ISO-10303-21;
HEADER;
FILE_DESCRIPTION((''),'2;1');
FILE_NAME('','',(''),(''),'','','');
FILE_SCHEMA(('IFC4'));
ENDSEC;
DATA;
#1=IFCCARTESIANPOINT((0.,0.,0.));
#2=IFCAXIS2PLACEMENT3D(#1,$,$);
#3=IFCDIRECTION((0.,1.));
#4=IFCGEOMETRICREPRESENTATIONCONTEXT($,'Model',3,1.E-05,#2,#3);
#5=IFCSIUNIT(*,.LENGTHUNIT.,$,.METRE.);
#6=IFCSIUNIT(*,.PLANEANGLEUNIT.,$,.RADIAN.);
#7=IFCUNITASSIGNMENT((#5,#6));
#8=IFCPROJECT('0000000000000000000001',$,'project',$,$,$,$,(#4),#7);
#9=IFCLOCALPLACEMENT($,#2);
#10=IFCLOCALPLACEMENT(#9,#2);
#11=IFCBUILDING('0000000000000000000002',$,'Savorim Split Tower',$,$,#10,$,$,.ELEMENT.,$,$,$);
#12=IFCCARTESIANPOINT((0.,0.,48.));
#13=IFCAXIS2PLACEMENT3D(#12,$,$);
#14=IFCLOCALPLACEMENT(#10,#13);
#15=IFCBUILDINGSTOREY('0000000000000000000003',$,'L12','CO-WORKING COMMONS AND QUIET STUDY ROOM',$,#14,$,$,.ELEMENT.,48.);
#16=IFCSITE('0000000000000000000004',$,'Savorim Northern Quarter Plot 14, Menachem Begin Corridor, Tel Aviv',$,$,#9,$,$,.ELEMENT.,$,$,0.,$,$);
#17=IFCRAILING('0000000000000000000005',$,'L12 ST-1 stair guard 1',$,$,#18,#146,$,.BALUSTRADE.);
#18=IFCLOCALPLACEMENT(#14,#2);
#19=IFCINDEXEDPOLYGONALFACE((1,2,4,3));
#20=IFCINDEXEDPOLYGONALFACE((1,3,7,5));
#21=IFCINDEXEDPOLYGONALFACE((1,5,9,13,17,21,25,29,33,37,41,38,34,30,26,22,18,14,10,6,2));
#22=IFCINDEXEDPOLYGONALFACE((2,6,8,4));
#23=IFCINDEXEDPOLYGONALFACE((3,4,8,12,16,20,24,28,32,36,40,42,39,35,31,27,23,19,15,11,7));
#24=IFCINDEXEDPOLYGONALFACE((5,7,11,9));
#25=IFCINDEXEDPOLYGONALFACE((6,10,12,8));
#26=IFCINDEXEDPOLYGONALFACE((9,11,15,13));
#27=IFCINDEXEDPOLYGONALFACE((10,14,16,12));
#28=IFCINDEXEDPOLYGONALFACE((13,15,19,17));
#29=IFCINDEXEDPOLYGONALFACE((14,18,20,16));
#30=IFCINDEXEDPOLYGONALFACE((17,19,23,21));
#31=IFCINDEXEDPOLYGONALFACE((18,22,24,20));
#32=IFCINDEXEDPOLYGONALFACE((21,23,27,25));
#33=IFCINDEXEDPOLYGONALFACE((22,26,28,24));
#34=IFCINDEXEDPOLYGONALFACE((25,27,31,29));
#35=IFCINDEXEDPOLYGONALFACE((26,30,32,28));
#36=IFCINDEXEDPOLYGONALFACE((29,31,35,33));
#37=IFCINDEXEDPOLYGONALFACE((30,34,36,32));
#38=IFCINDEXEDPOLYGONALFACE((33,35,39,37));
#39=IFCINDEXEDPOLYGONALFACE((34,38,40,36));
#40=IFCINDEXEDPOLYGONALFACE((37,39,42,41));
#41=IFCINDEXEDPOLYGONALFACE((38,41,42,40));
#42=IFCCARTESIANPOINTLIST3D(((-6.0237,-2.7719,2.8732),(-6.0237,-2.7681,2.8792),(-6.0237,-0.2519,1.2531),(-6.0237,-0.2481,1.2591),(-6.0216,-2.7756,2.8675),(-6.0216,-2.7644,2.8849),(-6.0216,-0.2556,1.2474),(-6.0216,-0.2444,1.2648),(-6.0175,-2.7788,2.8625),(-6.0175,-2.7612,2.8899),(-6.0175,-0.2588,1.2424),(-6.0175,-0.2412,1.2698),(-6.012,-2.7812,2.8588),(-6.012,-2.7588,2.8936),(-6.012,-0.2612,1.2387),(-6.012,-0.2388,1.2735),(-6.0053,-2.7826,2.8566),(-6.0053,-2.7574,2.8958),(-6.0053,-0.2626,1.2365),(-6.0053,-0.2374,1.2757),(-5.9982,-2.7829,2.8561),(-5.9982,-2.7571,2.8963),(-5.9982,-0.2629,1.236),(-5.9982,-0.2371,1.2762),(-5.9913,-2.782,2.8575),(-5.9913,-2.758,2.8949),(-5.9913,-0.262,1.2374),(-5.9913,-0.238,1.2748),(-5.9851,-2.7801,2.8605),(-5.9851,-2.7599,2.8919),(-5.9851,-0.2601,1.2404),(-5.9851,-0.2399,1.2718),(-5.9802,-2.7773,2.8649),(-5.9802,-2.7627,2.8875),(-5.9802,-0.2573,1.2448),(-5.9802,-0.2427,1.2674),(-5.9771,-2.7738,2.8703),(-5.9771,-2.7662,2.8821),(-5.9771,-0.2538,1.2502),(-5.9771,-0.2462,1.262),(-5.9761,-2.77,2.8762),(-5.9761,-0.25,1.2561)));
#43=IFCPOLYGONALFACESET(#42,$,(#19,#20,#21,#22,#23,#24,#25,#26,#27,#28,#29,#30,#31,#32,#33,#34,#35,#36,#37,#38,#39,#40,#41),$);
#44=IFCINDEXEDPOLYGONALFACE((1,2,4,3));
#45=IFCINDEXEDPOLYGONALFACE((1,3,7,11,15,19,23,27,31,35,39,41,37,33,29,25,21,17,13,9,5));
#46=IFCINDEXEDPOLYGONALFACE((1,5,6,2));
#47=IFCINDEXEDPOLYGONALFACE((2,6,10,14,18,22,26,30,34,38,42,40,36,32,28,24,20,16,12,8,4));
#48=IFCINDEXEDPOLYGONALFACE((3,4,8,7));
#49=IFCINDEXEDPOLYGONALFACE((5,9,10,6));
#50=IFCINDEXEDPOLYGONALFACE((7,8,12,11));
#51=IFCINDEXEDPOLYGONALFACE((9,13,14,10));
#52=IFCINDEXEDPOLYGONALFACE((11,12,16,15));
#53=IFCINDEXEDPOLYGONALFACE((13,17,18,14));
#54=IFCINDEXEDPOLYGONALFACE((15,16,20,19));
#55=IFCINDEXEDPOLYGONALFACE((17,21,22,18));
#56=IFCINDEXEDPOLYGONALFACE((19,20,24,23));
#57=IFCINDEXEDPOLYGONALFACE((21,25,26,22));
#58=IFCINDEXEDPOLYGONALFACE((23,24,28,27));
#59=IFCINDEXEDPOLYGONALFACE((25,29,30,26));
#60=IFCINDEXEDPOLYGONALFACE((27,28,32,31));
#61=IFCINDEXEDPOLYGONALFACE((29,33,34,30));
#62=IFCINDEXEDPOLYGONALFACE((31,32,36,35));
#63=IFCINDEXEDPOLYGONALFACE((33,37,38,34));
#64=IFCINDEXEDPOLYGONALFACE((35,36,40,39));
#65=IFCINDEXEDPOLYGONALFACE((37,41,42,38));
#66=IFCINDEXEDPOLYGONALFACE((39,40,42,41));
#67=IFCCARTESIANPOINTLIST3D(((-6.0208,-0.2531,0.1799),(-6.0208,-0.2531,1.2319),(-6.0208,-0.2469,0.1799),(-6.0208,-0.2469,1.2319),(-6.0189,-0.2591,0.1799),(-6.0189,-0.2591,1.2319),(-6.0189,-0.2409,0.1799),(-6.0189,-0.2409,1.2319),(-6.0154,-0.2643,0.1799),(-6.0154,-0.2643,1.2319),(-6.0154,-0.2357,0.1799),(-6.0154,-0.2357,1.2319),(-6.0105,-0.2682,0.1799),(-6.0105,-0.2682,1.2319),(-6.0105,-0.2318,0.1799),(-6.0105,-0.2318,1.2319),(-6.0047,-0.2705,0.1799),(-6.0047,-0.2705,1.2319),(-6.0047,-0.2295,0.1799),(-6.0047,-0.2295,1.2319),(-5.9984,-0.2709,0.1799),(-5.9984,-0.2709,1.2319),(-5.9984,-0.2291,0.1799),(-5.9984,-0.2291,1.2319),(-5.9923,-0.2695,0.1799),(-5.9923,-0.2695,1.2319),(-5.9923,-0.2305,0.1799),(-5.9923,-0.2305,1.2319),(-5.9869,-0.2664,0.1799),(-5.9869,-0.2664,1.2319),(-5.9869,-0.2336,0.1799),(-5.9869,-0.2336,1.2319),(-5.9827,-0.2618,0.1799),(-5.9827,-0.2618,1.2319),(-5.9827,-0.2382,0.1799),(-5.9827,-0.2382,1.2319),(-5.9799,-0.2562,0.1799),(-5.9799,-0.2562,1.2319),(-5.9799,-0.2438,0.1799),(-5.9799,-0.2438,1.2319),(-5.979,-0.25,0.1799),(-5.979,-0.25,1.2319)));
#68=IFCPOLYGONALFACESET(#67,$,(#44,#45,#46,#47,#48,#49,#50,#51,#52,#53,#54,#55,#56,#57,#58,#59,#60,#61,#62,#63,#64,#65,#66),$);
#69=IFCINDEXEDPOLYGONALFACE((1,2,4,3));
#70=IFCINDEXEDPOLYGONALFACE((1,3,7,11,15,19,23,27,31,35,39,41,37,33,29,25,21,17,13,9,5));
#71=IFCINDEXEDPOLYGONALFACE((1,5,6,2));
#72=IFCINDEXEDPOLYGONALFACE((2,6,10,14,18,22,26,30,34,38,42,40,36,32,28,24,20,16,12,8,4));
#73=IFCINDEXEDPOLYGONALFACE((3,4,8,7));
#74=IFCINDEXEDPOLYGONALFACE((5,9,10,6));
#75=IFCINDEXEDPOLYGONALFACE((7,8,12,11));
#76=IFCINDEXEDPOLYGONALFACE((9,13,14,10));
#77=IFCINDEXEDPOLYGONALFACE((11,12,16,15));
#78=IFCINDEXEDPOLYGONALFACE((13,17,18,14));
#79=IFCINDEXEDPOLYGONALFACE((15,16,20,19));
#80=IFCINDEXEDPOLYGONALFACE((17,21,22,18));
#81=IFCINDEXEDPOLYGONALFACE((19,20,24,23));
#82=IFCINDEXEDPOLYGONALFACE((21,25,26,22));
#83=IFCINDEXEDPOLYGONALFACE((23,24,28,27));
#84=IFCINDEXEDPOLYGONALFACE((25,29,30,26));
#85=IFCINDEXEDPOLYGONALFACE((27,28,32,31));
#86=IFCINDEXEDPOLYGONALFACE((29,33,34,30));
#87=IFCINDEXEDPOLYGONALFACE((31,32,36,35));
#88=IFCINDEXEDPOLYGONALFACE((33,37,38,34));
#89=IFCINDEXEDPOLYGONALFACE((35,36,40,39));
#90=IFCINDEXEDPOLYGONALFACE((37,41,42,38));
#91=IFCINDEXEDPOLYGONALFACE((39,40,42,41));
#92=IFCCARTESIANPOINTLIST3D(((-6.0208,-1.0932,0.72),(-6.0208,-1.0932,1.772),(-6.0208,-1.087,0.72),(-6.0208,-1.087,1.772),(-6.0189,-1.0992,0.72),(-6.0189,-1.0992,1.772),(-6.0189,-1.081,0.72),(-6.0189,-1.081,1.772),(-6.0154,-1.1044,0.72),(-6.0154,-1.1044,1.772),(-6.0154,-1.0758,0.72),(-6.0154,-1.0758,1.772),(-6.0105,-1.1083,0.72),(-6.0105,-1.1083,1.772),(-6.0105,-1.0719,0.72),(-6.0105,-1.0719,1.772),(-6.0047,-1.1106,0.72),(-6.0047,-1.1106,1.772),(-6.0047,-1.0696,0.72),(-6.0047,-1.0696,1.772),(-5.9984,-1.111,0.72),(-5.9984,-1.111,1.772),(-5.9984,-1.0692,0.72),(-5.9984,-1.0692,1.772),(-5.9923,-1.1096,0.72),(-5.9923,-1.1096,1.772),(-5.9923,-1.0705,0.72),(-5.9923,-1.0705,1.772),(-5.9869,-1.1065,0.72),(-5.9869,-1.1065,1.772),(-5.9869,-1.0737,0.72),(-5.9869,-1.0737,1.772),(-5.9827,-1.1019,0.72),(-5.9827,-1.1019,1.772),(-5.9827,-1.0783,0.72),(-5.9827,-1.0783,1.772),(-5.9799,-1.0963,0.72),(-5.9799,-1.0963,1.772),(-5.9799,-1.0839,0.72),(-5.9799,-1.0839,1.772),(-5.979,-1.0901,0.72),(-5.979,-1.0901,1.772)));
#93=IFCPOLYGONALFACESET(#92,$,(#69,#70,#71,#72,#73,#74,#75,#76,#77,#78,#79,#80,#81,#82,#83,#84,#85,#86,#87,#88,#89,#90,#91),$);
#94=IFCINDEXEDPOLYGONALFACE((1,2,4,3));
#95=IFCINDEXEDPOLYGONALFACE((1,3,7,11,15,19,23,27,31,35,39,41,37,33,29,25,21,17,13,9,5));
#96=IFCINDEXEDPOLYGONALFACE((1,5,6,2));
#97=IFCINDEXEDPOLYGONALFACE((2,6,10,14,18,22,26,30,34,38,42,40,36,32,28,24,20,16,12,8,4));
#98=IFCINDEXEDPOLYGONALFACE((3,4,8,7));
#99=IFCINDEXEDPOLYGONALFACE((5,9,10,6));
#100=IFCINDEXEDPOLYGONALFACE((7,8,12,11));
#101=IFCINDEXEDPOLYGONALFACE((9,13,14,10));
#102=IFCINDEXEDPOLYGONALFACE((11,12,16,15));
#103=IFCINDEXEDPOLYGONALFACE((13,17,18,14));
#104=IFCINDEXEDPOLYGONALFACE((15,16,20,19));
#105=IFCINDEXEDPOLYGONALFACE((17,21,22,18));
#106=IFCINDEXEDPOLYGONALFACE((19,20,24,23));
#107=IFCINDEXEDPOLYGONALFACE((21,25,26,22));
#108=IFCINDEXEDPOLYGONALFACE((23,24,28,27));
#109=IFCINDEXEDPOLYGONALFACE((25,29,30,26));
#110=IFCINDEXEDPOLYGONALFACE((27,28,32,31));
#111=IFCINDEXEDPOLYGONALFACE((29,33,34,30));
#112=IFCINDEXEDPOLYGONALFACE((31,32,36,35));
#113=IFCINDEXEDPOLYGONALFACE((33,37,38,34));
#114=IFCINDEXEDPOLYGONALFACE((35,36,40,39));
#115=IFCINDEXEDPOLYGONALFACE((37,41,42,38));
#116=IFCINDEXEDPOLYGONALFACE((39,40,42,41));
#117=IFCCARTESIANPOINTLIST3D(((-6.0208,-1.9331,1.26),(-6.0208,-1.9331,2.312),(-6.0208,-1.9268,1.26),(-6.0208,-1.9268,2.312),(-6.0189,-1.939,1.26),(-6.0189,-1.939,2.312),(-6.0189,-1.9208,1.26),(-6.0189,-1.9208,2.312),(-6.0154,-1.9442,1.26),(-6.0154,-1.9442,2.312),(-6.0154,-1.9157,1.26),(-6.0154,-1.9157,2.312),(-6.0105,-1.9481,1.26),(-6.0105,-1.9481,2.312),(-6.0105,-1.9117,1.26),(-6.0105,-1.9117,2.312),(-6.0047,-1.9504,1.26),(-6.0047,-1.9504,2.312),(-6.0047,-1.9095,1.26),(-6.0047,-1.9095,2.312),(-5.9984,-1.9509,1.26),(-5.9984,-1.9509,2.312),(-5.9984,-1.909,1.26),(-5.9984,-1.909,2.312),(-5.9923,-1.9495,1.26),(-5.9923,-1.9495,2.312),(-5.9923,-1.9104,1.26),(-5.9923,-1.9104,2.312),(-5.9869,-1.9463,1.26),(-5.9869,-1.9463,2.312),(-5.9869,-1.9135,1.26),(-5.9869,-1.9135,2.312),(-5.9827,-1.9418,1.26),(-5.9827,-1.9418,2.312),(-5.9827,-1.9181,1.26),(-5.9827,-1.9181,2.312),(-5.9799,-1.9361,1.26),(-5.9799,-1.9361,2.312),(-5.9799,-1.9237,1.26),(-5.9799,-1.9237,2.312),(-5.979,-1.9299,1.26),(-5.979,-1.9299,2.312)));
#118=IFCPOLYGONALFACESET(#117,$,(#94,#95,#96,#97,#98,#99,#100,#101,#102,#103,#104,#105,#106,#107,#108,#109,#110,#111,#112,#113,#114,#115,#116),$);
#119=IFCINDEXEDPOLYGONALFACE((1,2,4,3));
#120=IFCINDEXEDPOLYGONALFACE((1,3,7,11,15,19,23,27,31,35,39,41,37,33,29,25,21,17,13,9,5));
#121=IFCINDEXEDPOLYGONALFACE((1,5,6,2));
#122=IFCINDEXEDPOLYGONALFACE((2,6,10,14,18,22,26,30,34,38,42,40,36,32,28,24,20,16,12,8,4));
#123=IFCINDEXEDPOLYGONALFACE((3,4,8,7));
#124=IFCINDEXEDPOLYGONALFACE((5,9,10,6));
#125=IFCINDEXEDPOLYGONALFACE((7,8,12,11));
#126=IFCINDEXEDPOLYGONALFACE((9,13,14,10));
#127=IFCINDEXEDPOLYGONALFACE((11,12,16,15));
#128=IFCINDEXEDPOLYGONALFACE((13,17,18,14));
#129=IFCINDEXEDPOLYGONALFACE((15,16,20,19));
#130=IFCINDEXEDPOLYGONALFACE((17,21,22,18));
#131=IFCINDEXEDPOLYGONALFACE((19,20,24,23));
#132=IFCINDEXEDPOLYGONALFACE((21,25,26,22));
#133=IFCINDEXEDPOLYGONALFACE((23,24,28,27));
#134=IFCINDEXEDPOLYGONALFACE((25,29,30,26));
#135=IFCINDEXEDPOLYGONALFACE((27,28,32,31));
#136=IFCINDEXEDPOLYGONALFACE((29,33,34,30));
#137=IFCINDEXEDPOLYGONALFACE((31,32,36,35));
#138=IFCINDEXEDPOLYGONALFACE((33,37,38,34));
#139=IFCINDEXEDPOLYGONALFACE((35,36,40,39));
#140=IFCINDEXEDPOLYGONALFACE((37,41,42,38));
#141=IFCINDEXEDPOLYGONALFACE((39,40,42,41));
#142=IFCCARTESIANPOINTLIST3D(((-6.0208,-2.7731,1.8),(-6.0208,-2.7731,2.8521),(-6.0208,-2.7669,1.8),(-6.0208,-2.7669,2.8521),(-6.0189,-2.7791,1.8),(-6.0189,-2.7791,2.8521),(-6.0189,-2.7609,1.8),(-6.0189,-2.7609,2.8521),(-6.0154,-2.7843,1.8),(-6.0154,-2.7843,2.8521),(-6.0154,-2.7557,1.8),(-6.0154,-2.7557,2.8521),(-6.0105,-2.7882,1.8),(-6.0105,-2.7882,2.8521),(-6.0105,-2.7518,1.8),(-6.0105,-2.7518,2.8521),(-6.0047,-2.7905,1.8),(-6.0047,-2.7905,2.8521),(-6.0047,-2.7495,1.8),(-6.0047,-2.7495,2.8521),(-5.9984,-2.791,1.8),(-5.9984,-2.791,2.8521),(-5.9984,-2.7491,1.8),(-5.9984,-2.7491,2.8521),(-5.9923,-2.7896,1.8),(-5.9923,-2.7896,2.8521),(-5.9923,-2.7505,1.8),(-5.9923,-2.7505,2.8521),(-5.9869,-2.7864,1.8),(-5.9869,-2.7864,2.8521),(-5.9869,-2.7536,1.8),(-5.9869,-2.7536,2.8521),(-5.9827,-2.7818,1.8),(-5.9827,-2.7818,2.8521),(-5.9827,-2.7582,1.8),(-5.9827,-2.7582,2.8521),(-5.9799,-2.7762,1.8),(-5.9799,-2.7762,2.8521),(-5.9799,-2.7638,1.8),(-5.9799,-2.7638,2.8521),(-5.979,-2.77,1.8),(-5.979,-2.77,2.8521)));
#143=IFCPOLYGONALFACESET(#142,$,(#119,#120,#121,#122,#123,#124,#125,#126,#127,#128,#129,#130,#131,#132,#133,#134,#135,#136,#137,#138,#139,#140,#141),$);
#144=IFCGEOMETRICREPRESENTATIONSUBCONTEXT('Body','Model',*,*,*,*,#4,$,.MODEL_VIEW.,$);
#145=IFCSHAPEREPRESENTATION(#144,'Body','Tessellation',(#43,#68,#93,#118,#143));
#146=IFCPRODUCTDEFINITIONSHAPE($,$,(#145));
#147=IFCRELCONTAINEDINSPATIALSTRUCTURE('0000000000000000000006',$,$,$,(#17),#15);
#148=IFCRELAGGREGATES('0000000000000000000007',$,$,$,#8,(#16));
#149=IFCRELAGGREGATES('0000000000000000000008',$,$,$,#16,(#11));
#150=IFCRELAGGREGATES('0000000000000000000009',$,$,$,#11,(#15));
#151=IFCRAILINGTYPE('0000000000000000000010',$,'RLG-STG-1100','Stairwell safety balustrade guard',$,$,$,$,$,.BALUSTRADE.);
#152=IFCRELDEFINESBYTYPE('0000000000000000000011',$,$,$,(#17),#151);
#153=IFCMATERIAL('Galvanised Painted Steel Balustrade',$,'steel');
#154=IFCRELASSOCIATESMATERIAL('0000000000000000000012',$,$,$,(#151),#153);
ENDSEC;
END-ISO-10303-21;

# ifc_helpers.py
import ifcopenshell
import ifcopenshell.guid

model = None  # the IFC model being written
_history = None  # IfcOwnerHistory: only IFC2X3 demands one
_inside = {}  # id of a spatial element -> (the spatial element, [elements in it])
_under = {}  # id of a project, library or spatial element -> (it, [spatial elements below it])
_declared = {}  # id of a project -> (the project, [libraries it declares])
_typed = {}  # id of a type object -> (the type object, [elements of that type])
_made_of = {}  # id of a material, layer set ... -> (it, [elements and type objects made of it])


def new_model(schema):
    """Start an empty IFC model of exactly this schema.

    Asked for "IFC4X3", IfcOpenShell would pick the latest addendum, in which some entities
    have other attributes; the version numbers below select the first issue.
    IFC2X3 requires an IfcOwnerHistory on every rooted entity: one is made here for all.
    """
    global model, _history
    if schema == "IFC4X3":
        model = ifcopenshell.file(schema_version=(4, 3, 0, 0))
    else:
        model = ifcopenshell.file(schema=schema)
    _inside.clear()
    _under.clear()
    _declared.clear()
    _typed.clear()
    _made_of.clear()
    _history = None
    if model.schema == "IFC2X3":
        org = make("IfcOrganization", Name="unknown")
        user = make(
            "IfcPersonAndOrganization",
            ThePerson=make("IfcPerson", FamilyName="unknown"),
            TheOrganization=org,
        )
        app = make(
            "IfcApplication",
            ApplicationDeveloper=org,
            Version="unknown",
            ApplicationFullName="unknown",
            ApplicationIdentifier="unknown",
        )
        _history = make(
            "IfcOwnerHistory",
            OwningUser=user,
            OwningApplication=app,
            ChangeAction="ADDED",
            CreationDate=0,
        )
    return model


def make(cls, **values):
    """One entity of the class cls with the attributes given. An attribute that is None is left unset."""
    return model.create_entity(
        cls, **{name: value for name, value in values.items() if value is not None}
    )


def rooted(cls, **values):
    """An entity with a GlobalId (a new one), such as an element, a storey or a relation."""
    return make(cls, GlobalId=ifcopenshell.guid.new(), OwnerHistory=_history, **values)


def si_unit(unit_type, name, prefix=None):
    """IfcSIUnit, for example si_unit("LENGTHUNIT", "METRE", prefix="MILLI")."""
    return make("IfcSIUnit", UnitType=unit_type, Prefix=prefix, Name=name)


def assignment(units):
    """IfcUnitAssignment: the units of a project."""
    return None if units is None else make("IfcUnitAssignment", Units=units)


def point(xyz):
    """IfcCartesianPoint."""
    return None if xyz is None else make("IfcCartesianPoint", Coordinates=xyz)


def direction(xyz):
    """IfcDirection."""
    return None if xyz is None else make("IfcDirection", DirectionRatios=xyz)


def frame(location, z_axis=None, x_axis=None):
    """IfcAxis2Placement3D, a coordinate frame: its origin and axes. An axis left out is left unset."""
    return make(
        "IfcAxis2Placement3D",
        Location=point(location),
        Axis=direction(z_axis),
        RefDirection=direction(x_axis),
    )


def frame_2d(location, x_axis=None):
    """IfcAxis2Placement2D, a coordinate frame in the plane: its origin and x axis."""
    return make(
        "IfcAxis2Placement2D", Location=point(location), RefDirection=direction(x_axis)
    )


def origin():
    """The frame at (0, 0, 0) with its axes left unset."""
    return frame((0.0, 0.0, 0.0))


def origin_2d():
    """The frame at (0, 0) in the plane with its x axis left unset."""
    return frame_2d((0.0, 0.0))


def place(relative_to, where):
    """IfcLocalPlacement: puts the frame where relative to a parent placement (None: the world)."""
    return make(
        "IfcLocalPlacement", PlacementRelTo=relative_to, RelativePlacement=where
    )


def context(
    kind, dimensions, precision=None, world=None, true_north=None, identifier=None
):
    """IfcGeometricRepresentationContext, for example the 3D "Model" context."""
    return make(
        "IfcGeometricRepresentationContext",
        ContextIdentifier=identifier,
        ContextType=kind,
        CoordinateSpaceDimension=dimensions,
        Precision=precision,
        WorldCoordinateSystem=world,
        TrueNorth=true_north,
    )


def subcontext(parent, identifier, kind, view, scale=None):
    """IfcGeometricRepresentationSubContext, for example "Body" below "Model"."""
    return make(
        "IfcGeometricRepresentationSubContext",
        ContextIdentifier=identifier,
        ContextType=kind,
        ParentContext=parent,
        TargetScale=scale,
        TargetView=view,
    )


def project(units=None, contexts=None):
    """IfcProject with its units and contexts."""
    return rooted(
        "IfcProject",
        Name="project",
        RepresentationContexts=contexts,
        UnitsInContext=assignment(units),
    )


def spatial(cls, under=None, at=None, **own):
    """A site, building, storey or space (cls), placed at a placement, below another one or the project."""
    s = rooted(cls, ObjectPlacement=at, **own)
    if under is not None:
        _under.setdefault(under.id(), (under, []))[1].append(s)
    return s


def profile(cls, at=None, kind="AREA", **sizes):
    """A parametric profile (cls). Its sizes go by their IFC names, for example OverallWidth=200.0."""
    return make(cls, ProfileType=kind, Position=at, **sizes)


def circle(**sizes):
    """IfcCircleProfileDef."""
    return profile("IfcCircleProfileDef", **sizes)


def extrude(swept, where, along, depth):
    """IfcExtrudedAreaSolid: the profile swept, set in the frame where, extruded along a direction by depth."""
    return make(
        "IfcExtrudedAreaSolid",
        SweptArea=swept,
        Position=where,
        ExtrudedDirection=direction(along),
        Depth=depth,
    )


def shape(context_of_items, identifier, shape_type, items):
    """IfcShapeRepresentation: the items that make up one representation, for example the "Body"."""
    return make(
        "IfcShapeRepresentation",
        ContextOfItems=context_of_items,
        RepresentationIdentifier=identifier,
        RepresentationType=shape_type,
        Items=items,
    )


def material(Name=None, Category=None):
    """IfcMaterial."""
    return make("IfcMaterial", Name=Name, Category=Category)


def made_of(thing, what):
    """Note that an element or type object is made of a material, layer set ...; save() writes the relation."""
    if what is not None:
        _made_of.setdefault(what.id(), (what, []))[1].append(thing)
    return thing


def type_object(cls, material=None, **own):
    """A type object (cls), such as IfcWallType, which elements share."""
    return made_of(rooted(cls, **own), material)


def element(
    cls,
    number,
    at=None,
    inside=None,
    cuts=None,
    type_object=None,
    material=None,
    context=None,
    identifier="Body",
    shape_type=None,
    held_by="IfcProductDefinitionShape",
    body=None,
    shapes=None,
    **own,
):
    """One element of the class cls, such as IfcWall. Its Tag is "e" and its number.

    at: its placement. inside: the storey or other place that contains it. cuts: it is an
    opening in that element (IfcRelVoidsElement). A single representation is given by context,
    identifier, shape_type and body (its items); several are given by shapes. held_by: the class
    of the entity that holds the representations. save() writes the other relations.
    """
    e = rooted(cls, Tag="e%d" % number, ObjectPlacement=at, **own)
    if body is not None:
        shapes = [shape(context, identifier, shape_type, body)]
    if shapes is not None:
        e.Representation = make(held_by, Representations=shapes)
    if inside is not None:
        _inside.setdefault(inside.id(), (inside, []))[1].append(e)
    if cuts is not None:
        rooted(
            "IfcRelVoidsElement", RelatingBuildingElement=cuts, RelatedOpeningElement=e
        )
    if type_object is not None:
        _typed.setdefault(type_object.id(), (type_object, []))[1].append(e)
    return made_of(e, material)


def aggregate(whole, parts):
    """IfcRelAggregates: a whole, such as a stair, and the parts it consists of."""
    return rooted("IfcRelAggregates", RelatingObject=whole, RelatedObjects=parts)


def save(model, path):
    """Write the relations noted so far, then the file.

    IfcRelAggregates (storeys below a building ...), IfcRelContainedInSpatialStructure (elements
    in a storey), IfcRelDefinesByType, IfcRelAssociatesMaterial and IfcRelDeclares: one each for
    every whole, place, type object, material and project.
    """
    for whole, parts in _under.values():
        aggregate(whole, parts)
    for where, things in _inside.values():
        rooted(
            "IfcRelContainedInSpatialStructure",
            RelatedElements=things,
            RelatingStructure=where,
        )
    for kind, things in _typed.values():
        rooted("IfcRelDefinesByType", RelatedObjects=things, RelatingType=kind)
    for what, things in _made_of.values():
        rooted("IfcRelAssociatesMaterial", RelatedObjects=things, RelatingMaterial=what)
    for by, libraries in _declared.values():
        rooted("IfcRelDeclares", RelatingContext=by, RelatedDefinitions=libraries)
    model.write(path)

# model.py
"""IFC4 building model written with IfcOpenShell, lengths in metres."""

from ifc_helpers import new_model, si_unit, direction, frame, origin, origin_2d, place, context, subcontext, project, spatial, circle, extrude, material, type_object, element, save


model = new_model("IFC4")

# Units and contexts
model_context = context("Model", 3, precision=1e-05, world=origin(), true_north=direction((0.0, 1.0)))
body_context = subcontext(model_context, "Body", "Model", "MODEL_VIEW")
ifc_project = project(units=[si_unit("LENGTHUNIT", "METRE"), si_unit("PLANEANGLEUNIT", "RADIAN")], contexts=[model_context])

# Site, building, storey
site_placement = place(None, origin())
site = spatial("IfcSite", under=ifc_project, at=site_placement, Name="Savorim Northern Quarter Plot 14, Menachem Begin Corridor, Tel Aviv", CompositionType="ELEMENT", RefElevation=0.0)
building_placement = place(site_placement, origin())
building = spatial("IfcBuilding", under=site, at=building_placement, Name="Savorim Split Tower", CompositionType="ELEMENT")
storey_placement = place(building_placement, frame((0.0, 0.0, 48.0)))
storey = spatial("IfcBuildingStorey", under=building, at=storey_placement, Name="L12", Description="CO-WORKING COMMONS AND QUIET STUDY ROOM", CompositionType="ELEMENT", Elevation=48.0)

# Railing
ifc_material_1 = material(Name="Galvanised Painted Steel Balustrade", Category="steel")
railing_type_1 = type_object("IfcRailingType", Name="RLG-STG-1100", Description="Stairwell safety balustrade guard", PredefinedType="BALUSTRADE", material=ifc_material_1)
railing_1_placement = place(storey_placement, frame((-6.0, -0.25, 0.1799)))
element("IfcRailing", 1, at=railing_1_placement, inside=storey, type_object=railing_type_1, Name="L12 ST-1 stair guard 1", PredefinedType="BALUSTRADE", context=body_context, shape_type="SweptSolid", body=[
    extrude(circle(Radius=0.0239, at=origin_2d()), frame((0.0, 0.0, 1.0762), z_axis=(0.0, -0.841163, 0.540782), x_axis=(1.0, 0.0, 0.0)), (0.0, 0.0, 1.0), 2.9958),
    extrude(circle(Radius=0.021, at=origin_2d()), origin(), (0.0, 0.0, 1.0), 1.052),
    extrude(circle(Radius=0.021, at=origin_2d()), frame((0.0, -0.8401, 0.54)), (0.0, 0.0, 1.0), 1.052),
    extrude(circle(Radius=0.021, at=origin_2d()), frame((0.0, -1.6799, 1.0801)), (0.0, 0.0, 1.0), 1.052),
    extrude(circle(Radius=0.021, at=origin_2d()), frame((0.0, -2.52, 1.6201)), (0.0, 0.0, 1.0), 1.052),
])

save(model, "model.ifc")
